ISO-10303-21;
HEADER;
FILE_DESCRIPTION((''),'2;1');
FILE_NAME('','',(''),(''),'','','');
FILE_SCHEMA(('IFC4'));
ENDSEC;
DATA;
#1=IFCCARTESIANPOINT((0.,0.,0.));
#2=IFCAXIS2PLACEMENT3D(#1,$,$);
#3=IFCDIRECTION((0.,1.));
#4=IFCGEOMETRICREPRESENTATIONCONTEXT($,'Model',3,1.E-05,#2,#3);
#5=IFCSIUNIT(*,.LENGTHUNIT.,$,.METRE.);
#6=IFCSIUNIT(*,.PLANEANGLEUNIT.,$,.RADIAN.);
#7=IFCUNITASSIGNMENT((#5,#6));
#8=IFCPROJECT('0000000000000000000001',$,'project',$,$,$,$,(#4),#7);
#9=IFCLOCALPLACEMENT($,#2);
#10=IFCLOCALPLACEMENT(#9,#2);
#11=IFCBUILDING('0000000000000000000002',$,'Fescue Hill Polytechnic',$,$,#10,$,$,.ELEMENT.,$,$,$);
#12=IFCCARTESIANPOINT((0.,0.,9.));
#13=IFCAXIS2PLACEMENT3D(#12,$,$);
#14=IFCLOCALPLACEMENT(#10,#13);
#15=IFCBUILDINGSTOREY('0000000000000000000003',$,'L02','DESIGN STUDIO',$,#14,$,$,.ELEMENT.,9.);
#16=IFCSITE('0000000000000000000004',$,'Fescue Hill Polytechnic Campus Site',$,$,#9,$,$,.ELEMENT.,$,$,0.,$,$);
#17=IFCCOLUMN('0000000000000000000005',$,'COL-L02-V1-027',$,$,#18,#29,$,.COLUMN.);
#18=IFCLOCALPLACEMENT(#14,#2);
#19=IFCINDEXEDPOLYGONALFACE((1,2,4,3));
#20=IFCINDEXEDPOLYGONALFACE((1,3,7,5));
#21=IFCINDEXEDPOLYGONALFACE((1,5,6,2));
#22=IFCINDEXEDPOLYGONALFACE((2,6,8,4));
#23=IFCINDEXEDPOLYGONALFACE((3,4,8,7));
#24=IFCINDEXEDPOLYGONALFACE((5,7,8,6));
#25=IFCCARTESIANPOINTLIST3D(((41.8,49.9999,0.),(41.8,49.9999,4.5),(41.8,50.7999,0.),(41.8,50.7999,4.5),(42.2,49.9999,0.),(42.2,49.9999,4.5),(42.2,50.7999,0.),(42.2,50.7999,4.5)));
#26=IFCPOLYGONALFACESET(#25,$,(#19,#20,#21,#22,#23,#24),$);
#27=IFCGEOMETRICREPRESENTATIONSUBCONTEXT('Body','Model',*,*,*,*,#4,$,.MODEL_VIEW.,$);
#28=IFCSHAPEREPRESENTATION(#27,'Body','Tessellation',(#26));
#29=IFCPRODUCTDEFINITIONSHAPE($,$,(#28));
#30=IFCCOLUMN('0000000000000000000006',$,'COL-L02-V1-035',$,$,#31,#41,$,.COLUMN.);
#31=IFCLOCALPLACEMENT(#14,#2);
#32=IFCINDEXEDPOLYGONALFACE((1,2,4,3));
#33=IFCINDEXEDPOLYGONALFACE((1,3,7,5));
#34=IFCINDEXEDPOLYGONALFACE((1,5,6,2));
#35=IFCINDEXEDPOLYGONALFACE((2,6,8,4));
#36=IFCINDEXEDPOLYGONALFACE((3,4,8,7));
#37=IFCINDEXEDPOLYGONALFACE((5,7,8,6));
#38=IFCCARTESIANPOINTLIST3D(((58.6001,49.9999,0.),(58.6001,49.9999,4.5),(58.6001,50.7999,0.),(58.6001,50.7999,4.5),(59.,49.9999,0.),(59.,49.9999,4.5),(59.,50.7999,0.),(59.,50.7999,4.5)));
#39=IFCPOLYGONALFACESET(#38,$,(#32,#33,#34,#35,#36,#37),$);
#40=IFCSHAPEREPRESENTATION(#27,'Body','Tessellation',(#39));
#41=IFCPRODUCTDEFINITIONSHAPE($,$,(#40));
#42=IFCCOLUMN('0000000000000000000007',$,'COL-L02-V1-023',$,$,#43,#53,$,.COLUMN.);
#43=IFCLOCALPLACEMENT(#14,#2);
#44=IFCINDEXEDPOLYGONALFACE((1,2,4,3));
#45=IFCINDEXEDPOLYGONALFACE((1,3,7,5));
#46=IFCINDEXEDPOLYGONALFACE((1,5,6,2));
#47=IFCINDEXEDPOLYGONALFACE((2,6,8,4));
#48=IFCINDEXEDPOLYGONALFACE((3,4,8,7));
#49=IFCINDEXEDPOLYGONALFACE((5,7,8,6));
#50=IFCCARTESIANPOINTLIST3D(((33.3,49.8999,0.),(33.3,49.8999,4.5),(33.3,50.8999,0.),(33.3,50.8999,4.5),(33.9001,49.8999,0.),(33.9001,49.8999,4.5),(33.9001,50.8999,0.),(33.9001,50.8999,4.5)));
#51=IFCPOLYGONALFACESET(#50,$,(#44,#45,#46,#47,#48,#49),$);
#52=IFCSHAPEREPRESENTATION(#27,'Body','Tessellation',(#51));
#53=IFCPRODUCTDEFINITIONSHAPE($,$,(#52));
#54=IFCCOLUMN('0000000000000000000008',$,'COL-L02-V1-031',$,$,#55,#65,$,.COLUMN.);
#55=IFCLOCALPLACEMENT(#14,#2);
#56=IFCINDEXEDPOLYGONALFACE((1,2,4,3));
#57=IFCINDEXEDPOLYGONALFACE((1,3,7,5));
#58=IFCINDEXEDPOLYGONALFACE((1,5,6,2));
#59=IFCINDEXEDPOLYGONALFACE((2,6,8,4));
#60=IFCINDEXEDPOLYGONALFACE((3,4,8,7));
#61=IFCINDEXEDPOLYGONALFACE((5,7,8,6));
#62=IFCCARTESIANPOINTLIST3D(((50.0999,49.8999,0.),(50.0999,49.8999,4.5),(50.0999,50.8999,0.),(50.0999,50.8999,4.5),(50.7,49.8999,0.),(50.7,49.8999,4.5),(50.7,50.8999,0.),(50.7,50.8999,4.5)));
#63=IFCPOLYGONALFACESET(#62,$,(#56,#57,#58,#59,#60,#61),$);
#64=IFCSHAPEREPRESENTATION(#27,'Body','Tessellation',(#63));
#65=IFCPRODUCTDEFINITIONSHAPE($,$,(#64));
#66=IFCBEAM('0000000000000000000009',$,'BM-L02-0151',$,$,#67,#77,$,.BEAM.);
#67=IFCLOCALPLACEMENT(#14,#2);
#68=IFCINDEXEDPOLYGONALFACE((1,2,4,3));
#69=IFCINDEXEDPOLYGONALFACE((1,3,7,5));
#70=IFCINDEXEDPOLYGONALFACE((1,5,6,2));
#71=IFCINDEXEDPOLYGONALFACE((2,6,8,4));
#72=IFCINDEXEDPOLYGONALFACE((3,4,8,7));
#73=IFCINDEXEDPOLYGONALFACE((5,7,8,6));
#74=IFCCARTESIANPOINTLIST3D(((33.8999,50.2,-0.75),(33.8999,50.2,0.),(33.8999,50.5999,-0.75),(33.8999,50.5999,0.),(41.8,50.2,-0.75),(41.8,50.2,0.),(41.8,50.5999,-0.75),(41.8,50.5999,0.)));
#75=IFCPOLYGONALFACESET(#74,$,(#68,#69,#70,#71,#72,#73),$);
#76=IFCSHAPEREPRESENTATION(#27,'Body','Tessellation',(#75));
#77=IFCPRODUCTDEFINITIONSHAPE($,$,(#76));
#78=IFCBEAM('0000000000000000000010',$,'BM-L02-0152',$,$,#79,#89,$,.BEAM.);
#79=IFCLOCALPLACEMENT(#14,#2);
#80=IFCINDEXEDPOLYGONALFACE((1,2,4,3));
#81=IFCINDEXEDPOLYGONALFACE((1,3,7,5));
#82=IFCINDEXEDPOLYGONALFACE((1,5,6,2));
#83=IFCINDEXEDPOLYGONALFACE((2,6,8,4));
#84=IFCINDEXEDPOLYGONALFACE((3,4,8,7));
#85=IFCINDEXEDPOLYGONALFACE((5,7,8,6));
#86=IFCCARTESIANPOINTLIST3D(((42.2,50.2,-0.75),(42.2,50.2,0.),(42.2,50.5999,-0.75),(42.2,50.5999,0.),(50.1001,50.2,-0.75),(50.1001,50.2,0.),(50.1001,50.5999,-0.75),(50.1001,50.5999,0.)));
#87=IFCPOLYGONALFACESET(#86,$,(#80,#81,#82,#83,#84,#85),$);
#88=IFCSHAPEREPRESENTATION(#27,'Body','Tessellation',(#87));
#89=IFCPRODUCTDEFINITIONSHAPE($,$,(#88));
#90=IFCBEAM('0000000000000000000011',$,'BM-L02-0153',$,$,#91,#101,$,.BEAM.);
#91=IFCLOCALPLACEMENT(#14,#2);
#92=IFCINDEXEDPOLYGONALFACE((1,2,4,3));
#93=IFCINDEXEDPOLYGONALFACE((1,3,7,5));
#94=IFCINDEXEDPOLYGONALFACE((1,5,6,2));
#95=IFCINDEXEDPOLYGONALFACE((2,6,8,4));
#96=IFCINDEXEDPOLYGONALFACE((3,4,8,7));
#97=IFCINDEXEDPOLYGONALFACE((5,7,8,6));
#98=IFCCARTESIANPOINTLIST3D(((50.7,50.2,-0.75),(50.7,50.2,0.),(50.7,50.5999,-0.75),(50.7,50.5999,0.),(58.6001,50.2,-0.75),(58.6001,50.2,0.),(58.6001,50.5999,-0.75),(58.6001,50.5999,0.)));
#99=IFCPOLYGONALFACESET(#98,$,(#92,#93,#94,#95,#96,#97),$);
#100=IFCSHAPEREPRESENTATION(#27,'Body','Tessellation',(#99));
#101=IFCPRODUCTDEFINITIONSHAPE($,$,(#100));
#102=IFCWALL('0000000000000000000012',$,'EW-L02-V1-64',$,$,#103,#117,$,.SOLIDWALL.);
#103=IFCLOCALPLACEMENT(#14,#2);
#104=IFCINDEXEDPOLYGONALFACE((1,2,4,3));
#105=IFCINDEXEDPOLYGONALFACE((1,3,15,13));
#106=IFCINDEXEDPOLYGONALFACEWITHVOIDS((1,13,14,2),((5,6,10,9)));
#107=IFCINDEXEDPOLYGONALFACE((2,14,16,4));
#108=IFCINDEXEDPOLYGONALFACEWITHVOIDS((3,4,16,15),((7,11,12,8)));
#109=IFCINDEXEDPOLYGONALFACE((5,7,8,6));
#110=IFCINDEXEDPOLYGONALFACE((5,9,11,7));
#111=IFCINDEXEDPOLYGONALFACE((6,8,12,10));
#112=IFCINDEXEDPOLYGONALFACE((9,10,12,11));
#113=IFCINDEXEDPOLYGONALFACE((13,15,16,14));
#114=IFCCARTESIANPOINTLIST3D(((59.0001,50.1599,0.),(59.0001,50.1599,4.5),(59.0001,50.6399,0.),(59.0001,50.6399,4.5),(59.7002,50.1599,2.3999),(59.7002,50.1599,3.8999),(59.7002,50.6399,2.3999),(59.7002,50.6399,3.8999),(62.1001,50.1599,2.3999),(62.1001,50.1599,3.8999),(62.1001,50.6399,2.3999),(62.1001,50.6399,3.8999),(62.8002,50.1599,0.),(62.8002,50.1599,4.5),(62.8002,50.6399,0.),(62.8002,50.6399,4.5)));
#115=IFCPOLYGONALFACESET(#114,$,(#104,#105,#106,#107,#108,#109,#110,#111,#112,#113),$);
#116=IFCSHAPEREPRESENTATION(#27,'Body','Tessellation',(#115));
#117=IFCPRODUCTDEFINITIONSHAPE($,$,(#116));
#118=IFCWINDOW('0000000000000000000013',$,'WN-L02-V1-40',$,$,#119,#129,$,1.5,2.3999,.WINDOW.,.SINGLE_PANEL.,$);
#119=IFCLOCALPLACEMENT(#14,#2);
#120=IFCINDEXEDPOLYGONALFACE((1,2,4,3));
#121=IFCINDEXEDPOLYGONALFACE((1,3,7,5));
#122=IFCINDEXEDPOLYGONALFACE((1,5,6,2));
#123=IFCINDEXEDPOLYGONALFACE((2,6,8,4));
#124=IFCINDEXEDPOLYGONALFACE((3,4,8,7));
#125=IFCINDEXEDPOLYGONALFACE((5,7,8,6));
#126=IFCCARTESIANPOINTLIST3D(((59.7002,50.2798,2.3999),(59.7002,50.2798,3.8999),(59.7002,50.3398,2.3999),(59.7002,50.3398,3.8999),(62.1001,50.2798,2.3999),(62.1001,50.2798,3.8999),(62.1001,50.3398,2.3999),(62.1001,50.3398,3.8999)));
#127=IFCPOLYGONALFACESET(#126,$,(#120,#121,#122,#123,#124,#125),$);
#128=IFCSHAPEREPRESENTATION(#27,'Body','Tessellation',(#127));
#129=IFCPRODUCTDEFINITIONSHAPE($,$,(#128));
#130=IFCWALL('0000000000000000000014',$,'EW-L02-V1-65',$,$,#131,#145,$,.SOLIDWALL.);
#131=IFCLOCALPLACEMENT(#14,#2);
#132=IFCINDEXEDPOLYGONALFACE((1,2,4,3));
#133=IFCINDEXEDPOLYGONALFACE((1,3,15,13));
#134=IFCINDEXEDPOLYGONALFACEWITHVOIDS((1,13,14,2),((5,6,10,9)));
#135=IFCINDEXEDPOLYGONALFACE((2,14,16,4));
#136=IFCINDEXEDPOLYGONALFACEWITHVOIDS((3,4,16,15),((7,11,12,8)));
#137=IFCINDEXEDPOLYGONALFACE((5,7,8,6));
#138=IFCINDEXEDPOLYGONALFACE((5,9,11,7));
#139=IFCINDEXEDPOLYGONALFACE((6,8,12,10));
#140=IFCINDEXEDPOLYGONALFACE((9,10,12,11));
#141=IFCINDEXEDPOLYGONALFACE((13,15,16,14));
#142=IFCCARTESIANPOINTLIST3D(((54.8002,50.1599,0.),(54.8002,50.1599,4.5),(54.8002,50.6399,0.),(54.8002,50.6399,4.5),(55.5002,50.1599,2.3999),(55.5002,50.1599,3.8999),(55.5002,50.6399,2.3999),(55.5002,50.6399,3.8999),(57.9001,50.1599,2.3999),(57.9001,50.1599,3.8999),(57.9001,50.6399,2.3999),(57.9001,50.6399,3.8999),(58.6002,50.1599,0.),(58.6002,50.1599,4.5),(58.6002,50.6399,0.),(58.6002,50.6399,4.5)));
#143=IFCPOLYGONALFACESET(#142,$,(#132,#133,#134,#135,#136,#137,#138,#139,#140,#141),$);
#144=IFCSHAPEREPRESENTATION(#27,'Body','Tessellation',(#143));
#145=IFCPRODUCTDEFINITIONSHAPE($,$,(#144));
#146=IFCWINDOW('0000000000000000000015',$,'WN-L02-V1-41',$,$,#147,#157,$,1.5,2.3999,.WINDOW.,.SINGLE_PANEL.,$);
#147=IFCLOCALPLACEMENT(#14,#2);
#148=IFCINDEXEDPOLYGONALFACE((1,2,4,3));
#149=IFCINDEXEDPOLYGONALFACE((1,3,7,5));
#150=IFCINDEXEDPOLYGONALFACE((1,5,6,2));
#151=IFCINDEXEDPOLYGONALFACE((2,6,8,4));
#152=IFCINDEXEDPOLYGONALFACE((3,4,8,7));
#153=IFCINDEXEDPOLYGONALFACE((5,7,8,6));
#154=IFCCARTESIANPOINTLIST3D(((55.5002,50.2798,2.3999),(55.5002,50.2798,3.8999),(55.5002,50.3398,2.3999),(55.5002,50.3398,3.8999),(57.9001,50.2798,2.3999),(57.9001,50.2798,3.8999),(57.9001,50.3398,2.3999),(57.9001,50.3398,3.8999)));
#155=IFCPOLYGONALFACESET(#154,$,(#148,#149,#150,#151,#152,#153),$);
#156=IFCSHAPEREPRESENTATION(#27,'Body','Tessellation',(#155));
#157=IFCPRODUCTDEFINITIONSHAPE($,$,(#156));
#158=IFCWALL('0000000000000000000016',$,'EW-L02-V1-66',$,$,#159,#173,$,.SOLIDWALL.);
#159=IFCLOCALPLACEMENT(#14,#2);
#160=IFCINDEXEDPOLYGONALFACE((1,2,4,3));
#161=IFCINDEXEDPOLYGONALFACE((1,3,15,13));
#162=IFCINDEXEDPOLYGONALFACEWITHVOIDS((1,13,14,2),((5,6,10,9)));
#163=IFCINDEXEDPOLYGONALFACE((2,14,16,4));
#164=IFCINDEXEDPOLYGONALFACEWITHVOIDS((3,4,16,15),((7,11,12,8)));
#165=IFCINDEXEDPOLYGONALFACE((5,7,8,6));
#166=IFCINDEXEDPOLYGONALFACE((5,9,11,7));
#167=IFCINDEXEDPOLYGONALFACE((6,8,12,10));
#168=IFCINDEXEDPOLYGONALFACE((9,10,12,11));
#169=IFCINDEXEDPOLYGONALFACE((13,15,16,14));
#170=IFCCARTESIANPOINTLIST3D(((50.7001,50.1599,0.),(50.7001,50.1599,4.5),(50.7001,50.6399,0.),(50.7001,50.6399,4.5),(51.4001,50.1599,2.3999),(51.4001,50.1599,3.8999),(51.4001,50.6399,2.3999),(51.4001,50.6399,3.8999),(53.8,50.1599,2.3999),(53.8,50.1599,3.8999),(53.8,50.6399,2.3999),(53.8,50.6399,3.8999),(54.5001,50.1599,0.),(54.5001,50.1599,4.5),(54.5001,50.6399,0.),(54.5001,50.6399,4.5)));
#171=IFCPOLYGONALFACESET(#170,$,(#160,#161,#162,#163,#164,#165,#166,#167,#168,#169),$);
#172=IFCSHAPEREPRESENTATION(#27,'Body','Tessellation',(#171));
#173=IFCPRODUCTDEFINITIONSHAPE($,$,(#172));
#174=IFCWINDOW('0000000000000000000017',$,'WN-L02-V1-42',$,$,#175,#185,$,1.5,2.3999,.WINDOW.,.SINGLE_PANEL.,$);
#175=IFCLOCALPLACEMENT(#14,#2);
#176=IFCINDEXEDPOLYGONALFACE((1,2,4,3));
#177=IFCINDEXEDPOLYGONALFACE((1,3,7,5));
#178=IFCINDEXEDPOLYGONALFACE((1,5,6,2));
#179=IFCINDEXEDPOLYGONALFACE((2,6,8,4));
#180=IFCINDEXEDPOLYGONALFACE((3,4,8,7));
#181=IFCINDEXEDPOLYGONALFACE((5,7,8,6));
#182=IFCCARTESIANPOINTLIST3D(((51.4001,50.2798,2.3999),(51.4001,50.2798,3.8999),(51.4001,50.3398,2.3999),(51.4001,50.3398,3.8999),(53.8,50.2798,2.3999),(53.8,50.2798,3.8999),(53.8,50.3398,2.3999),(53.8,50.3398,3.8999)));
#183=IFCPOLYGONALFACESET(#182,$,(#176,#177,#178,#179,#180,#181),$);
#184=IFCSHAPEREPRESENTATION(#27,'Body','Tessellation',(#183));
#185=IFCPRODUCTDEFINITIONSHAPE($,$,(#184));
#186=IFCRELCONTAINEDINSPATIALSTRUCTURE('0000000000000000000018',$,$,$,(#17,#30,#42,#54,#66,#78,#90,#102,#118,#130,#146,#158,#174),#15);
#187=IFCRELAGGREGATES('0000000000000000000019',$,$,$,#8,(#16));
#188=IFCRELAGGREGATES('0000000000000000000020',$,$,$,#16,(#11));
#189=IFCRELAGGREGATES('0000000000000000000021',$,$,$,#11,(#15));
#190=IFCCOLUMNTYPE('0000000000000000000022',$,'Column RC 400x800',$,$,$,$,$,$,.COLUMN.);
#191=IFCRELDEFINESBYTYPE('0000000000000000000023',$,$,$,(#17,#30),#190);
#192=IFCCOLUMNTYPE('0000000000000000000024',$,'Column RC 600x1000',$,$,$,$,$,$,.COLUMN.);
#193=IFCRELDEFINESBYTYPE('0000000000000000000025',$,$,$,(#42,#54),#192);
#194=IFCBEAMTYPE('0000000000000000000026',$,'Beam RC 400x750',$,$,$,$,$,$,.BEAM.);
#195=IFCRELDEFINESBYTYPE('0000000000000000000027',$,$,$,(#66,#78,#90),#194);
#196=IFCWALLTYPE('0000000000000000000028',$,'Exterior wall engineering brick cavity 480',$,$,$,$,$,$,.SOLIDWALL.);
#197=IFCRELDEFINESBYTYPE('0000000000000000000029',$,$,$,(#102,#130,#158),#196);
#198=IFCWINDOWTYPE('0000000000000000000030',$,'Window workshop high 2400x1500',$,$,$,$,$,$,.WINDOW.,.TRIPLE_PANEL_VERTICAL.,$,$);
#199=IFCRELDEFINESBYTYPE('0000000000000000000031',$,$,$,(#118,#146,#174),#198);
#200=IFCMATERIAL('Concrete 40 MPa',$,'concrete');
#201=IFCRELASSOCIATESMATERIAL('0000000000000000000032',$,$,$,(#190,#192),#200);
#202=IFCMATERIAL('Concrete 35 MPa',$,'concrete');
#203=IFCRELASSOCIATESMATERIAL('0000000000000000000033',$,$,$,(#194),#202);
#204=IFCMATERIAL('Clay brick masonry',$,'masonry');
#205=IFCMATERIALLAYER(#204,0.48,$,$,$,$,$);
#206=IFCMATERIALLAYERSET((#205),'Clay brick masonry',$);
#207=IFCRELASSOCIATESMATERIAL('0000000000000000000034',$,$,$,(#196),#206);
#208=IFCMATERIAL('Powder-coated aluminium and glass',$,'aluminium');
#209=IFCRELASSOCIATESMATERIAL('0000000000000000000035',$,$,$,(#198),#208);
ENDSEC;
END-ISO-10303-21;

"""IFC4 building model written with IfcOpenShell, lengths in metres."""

from ifc_helpers import new_model, si_unit, direction, frame, frame_2d, origin, origin_2d, place, context, subcontext, project, spatial, rectangle, extrude, material, layer, layer_set, material_profile, profile_set, type_object, element, fill, save


model = new_model("IFC4")

# Units and contexts
model_context = context("Model", 3, precision=1e-05, world=origin(), true_north=direction((0.0, 1.0)))
body_context = subcontext(model_context, "Body", "Model", "MODEL_VIEW")
ifc_project = project(units=[si_unit("LENGTHUNIT", "METRE"), si_unit("PLANEANGLEUNIT", "RADIAN")], contexts=[model_context])

# Site, building, storey
site_placement = place(None, origin())
site = spatial("IfcSite", under=ifc_project, at=site_placement, Name="Fescue Hill Polytechnic Campus Site", CompositionType="ELEMENT", RefElevation=0.0)
building_placement = place(site_placement, origin())
building = spatial("IfcBuilding", under=site, at=building_placement, Name="Fescue Hill Polytechnic", CompositionType="ELEMENT")
storey_placement = place(building_placement, frame((0.0, 0.0, 9.0)))
storey = spatial("IfcBuildingStorey", under=building, at=storey_placement, Name="L02", Description="DESIGN STUDIO", CompositionType="ELEMENT", Elevation=9.0)

# Columns
ifc_material_1 = material(Name="Concrete 40 MPa", Category="concrete")
ifc_material_profile_1 = material_profile(ifc_material_1, rectangle(XDim=0.3999, YDim=0.8, at=origin_2d()), Name="RC 400x800")
ifc_profile_set_1 = profile_set([ifc_material_profile_1], Name="Concrete 40 MPa")
column_type_1 = type_object("IfcColumnType", Name="Column RC 400x800", PredefinedType="COLUMN", material=ifc_profile_set_1)
for number, where, z_axis, x_axis, name in (
    (1, (42.0, 50.3999, 0.0), (0.0, 0.0, 1.0), (1.0, 0.0, 0.0), "COL-L02-V1-027"),
    (2, (58.8, 50.3999, 0.0), (0.0, 0.0, 1.0), (1.0, 0.0, 0.0), "COL-L02-V1-035"),
):
    element("IfcColumn", number, at=place(storey_placement, frame(where, z_axis=z_axis, x_axis=x_axis)), inside=storey, type_object=column_type_1, Name=name, PredefinedType="COLUMN", context=body_context, shape_type="SweptSolid", body=[
        extrude(rectangle(XDim=0.3999, YDim=0.8, at=origin_2d()), origin(), (0.0, 0.0, 1.0), 4.5),
    ])
ifc_material_profile_2 = material_profile(ifc_material_1, rectangle(XDim=0.6001, YDim=1.0, at=origin_2d()), Name="RC 600x1000")
ifc_profile_set_2 = profile_set([ifc_material_profile_2], Name="Concrete 40 MPa")
column_type_2 = type_object("IfcColumnType", Name="Column RC 600x1000", PredefinedType="COLUMN", material=ifc_profile_set_2)
for number, where, z_axis, x_axis, name in (
    (3, (33.6001, 50.3999, 0.0), (0.0, 0.0, 1.0), (1.0, 0.0, 0.0), "COL-L02-V1-023"),
    (4, (50.3999, 50.3999, 0.0), (0.0, 0.0, 1.0), (1.0, 0.0, 0.0), "COL-L02-V1-031"),
):
    element("IfcColumn", number, at=place(storey_placement, frame(where, z_axis=z_axis, x_axis=x_axis)), inside=storey, type_object=column_type_2, Name=name, PredefinedType="COLUMN", context=body_context, shape_type="SweptSolid", body=[
        extrude(rectangle(XDim=0.6001, YDim=1.0, at=origin_2d()), origin(), (0.0, 0.0, 1.0), 4.5),
    ])

# Beams
ifc_material_2 = material(Name="Concrete 35 MPa", Category="concrete")
ifc_material_profile_3 = material_profile(ifc_material_2, rectangle(XDim=0.3999, YDim=0.75, at=origin_2d()), Name="RC 400x750")
ifc_profile_set_3 = profile_set([ifc_material_profile_3], Name="Concrete 35 MPa")
beam_type = type_object("IfcBeamType", Name="Beam RC 400x750", PredefinedType="BEAM", material=ifc_profile_set_3)
for number, where, z_axis, x_axis, name in (
    (5, (41.8, 50.3999, -0.375), (-1.0, 0.0, 0.0), (0.0, -1.0, 0.0), "BM-L02-0151"),
    (6, (50.1001, 50.3999, -0.375), (-1.0, 0.0, 0.0), (0.0, -1.0, 0.0), "BM-L02-0152"),
    (7, (58.6001, 50.3999, -0.375), (-1.0, 0.0, 0.0), (0.0, -1.0, 0.0), "BM-L02-0153"),
):
    element("IfcBeam", number, at=place(storey_placement, frame(where, z_axis=z_axis, x_axis=x_axis)), inside=storey, type_object=beam_type, Name=name, PredefinedType="BEAM", context=body_context, shape_type="SweptSolid", body=[
        extrude(rectangle(XDim=0.3999, YDim=0.75, at=origin_2d()), origin(), (0.0, 0.0, 1.0), 7.9001),
    ])

# Walls, openings, windows
ifc_material_3 = material(Name="Clay brick masonry", Category="masonry")
ifc_layer_1 = layer(ifc_material_3, 0.48)
ifc_layer_set_1 = layer_set([ifc_layer_1], Name="Clay brick masonry")
wall_type_1 = type_object("IfcWallType", Name="Exterior wall engineering brick cavity 480", PredefinedType="SOLIDWALL", material=ifc_layer_set_1)
wall_1_placement = place(storey_placement, frame((62.8, 50.3999, 0.0), z_axis=(0.0, 0.0, 1.0), x_axis=(-1.0, 0.0, 0.0)))
wall_1 = element("IfcWall", 8, at=wall_1_placement, inside=storey, type_object=wall_type_1, Name="EW-L02-V1-64", PredefinedType="SOLIDWALL", context=body_context, shape_type="SweptSolid", body=[
    extrude(rectangle(XDim=3.8, YDim=0.48, at=frame_2d((1.8999, 0.0))), origin(), (0.0, 0.0, 1.0), 4.5),
])
opening_1_placement = place(wall_1_placement, frame((0.7, 0.0, 2.3999)))
opening_1 = element("IfcOpeningElement", 9, at=opening_1_placement, cuts=wall_1, PredefinedType="OPENING", context=body_context, shape_type="SweptSolid", body=[
    extrude(rectangle(XDim=2.3999, YDim=1.5, at=frame_2d((1.2, 0.75))), frame((0.0, 0.25, 0.0), z_axis=(0.0, -1.0, 0.0), x_axis=(1.0, 0.0, 0.0)), (0.0, 0.0, 1.0), 0.5),
])
ifc_material_4 = material(Name="Powder-coated aluminium and glass", Category="aluminium")
window_type = type_object("IfcWindowType", Name="Window workshop high 2400x1500", PartitioningType="TRIPLE_PANEL_VERTICAL", PredefinedType="WINDOW", material=ifc_material_4)
window_1_placement = place(opening_1_placement, origin())
window_1 = element("IfcWindow", 10, at=window_1_placement, inside=storey, type_object=window_type, Name="WN-L02-V1-40", OverallHeight=1.5, OverallWidth=2.3999, PartitioningType="SINGLE_PANEL", PredefinedType="WINDOW", context=body_context, shape_type="SweptSolid", body=[
    extrude(rectangle(XDim=2.3999, YDim=1.5, at=frame_2d((1.2, 0.75))), frame((0.0, 0.1201, 0.0), z_axis=(0.0, -1.0, 0.0), x_axis=(1.0, 0.0, 0.0)), (0.0, 0.0, 1.0), 0.0601),
])
fill(opening_1, window_1)
wall_2_placement = place(storey_placement, frame((58.6001, 50.3999, 0.0), z_axis=(0.0, 0.0, 1.0), x_axis=(-1.0, 0.0, 0.0)))
wall_2 = element("IfcWall", 11, at=wall_2_placement, inside=storey, type_object=wall_type_1, Name="EW-L02-V1-65", PredefinedType="SOLIDWALL", context=body_context, shape_type="SweptSolid", body=[
    extrude(rectangle(XDim=3.8, YDim=0.48, at=frame_2d((1.8999, 0.0))), origin(), (0.0, 0.0, 1.0), 4.5),
])
opening_2_placement = place(wall_2_placement, frame((0.7, 0.0, 2.3999)))
opening_2 = element("IfcOpeningElement", 12, at=opening_2_placement, cuts=wall_2, PredefinedType="OPENING", context=body_context, shape_type="SweptSolid", body=[
    extrude(rectangle(XDim=2.3999, YDim=1.5, at=frame_2d((1.2, 0.75))), frame((0.0, 0.25, 0.0), z_axis=(0.0, -1.0, 0.0), x_axis=(1.0, 0.0, 0.0)), (0.0, 0.0, 1.0), 0.5),
])
window_2_placement = place(opening_2_placement, origin())
window_2 = element("IfcWindow", 13, at=window_2_placement, inside=storey, type_object=window_type, Name="WN-L02-V1-41", OverallHeight=1.5, OverallWidth=2.3999, PartitioningType="SINGLE_PANEL", PredefinedType="WINDOW", context=body_context, shape_type="SweptSolid", body=[
    extrude(rectangle(XDim=2.3999, YDim=1.5, at=frame_2d((1.2, 0.75))), frame((0.0, 0.1201, 0.0), z_axis=(0.0, -1.0, 0.0), x_axis=(1.0, 0.0, 0.0)), (0.0, 0.0, 1.0), 0.0601),
])
fill(opening_2, window_2)
wall_3_placement = place(storey_placement, frame((54.5, 50.3999, 0.0), z_axis=(0.0, 0.0, 1.0), x_axis=(-1.0, 0.0, 0.0)))
wall_3 = element("IfcWall", 14, at=wall_3_placement, inside=storey, type_object=wall_type_1, Name="EW-L02-V1-66", PredefinedType="SOLIDWALL", context=body_context, shape_type="SweptSolid", body=[
    extrude(rectangle(XDim=3.8, YDim=0.48, at=frame_2d((1.8999, 0.0))), origin(), (0.0, 0.0, 1.0), 4.5),
])
opening_3_placement = place(wall_3_placement, frame((0.7, 0.0, 2.3999)))
opening_3 = element("IfcOpeningElement", 15, at=opening_3_placement, cuts=wall_3, PredefinedType="OPENING", context=body_context, shape_type="SweptSolid", body=[
    extrude(rectangle(XDim=2.3999, YDim=1.5, at=frame_2d((1.2, 0.75))), frame((0.0, 0.25, 0.0), z_axis=(0.0, -1.0, 0.0), x_axis=(1.0, 0.0, 0.0)), (0.0, 0.0, 1.0), 0.5),
])
window_3_placement = place(opening_3_placement, origin())
window_3 = element("IfcWindow", 16, at=window_3_placement, inside=storey, type_object=window_type, Name="WN-L02-V1-42", OverallHeight=1.5, OverallWidth=2.3999, PartitioningType="SINGLE_PANEL", PredefinedType="WINDOW", context=body_context, shape_type="SweptSolid", body=[
    extrude(rectangle(XDim=2.3999, YDim=1.5, at=frame_2d((1.2, 0.75))), frame((0.0, 0.1201, 0.0), z_axis=(0.0, -1.0, 0.0), x_axis=(1.0, 0.0, 0.0)), (0.0, 0.0, 1.0), 0.0601),
])
fill(opening_3, window_3)

save(model, "model.ifc")
